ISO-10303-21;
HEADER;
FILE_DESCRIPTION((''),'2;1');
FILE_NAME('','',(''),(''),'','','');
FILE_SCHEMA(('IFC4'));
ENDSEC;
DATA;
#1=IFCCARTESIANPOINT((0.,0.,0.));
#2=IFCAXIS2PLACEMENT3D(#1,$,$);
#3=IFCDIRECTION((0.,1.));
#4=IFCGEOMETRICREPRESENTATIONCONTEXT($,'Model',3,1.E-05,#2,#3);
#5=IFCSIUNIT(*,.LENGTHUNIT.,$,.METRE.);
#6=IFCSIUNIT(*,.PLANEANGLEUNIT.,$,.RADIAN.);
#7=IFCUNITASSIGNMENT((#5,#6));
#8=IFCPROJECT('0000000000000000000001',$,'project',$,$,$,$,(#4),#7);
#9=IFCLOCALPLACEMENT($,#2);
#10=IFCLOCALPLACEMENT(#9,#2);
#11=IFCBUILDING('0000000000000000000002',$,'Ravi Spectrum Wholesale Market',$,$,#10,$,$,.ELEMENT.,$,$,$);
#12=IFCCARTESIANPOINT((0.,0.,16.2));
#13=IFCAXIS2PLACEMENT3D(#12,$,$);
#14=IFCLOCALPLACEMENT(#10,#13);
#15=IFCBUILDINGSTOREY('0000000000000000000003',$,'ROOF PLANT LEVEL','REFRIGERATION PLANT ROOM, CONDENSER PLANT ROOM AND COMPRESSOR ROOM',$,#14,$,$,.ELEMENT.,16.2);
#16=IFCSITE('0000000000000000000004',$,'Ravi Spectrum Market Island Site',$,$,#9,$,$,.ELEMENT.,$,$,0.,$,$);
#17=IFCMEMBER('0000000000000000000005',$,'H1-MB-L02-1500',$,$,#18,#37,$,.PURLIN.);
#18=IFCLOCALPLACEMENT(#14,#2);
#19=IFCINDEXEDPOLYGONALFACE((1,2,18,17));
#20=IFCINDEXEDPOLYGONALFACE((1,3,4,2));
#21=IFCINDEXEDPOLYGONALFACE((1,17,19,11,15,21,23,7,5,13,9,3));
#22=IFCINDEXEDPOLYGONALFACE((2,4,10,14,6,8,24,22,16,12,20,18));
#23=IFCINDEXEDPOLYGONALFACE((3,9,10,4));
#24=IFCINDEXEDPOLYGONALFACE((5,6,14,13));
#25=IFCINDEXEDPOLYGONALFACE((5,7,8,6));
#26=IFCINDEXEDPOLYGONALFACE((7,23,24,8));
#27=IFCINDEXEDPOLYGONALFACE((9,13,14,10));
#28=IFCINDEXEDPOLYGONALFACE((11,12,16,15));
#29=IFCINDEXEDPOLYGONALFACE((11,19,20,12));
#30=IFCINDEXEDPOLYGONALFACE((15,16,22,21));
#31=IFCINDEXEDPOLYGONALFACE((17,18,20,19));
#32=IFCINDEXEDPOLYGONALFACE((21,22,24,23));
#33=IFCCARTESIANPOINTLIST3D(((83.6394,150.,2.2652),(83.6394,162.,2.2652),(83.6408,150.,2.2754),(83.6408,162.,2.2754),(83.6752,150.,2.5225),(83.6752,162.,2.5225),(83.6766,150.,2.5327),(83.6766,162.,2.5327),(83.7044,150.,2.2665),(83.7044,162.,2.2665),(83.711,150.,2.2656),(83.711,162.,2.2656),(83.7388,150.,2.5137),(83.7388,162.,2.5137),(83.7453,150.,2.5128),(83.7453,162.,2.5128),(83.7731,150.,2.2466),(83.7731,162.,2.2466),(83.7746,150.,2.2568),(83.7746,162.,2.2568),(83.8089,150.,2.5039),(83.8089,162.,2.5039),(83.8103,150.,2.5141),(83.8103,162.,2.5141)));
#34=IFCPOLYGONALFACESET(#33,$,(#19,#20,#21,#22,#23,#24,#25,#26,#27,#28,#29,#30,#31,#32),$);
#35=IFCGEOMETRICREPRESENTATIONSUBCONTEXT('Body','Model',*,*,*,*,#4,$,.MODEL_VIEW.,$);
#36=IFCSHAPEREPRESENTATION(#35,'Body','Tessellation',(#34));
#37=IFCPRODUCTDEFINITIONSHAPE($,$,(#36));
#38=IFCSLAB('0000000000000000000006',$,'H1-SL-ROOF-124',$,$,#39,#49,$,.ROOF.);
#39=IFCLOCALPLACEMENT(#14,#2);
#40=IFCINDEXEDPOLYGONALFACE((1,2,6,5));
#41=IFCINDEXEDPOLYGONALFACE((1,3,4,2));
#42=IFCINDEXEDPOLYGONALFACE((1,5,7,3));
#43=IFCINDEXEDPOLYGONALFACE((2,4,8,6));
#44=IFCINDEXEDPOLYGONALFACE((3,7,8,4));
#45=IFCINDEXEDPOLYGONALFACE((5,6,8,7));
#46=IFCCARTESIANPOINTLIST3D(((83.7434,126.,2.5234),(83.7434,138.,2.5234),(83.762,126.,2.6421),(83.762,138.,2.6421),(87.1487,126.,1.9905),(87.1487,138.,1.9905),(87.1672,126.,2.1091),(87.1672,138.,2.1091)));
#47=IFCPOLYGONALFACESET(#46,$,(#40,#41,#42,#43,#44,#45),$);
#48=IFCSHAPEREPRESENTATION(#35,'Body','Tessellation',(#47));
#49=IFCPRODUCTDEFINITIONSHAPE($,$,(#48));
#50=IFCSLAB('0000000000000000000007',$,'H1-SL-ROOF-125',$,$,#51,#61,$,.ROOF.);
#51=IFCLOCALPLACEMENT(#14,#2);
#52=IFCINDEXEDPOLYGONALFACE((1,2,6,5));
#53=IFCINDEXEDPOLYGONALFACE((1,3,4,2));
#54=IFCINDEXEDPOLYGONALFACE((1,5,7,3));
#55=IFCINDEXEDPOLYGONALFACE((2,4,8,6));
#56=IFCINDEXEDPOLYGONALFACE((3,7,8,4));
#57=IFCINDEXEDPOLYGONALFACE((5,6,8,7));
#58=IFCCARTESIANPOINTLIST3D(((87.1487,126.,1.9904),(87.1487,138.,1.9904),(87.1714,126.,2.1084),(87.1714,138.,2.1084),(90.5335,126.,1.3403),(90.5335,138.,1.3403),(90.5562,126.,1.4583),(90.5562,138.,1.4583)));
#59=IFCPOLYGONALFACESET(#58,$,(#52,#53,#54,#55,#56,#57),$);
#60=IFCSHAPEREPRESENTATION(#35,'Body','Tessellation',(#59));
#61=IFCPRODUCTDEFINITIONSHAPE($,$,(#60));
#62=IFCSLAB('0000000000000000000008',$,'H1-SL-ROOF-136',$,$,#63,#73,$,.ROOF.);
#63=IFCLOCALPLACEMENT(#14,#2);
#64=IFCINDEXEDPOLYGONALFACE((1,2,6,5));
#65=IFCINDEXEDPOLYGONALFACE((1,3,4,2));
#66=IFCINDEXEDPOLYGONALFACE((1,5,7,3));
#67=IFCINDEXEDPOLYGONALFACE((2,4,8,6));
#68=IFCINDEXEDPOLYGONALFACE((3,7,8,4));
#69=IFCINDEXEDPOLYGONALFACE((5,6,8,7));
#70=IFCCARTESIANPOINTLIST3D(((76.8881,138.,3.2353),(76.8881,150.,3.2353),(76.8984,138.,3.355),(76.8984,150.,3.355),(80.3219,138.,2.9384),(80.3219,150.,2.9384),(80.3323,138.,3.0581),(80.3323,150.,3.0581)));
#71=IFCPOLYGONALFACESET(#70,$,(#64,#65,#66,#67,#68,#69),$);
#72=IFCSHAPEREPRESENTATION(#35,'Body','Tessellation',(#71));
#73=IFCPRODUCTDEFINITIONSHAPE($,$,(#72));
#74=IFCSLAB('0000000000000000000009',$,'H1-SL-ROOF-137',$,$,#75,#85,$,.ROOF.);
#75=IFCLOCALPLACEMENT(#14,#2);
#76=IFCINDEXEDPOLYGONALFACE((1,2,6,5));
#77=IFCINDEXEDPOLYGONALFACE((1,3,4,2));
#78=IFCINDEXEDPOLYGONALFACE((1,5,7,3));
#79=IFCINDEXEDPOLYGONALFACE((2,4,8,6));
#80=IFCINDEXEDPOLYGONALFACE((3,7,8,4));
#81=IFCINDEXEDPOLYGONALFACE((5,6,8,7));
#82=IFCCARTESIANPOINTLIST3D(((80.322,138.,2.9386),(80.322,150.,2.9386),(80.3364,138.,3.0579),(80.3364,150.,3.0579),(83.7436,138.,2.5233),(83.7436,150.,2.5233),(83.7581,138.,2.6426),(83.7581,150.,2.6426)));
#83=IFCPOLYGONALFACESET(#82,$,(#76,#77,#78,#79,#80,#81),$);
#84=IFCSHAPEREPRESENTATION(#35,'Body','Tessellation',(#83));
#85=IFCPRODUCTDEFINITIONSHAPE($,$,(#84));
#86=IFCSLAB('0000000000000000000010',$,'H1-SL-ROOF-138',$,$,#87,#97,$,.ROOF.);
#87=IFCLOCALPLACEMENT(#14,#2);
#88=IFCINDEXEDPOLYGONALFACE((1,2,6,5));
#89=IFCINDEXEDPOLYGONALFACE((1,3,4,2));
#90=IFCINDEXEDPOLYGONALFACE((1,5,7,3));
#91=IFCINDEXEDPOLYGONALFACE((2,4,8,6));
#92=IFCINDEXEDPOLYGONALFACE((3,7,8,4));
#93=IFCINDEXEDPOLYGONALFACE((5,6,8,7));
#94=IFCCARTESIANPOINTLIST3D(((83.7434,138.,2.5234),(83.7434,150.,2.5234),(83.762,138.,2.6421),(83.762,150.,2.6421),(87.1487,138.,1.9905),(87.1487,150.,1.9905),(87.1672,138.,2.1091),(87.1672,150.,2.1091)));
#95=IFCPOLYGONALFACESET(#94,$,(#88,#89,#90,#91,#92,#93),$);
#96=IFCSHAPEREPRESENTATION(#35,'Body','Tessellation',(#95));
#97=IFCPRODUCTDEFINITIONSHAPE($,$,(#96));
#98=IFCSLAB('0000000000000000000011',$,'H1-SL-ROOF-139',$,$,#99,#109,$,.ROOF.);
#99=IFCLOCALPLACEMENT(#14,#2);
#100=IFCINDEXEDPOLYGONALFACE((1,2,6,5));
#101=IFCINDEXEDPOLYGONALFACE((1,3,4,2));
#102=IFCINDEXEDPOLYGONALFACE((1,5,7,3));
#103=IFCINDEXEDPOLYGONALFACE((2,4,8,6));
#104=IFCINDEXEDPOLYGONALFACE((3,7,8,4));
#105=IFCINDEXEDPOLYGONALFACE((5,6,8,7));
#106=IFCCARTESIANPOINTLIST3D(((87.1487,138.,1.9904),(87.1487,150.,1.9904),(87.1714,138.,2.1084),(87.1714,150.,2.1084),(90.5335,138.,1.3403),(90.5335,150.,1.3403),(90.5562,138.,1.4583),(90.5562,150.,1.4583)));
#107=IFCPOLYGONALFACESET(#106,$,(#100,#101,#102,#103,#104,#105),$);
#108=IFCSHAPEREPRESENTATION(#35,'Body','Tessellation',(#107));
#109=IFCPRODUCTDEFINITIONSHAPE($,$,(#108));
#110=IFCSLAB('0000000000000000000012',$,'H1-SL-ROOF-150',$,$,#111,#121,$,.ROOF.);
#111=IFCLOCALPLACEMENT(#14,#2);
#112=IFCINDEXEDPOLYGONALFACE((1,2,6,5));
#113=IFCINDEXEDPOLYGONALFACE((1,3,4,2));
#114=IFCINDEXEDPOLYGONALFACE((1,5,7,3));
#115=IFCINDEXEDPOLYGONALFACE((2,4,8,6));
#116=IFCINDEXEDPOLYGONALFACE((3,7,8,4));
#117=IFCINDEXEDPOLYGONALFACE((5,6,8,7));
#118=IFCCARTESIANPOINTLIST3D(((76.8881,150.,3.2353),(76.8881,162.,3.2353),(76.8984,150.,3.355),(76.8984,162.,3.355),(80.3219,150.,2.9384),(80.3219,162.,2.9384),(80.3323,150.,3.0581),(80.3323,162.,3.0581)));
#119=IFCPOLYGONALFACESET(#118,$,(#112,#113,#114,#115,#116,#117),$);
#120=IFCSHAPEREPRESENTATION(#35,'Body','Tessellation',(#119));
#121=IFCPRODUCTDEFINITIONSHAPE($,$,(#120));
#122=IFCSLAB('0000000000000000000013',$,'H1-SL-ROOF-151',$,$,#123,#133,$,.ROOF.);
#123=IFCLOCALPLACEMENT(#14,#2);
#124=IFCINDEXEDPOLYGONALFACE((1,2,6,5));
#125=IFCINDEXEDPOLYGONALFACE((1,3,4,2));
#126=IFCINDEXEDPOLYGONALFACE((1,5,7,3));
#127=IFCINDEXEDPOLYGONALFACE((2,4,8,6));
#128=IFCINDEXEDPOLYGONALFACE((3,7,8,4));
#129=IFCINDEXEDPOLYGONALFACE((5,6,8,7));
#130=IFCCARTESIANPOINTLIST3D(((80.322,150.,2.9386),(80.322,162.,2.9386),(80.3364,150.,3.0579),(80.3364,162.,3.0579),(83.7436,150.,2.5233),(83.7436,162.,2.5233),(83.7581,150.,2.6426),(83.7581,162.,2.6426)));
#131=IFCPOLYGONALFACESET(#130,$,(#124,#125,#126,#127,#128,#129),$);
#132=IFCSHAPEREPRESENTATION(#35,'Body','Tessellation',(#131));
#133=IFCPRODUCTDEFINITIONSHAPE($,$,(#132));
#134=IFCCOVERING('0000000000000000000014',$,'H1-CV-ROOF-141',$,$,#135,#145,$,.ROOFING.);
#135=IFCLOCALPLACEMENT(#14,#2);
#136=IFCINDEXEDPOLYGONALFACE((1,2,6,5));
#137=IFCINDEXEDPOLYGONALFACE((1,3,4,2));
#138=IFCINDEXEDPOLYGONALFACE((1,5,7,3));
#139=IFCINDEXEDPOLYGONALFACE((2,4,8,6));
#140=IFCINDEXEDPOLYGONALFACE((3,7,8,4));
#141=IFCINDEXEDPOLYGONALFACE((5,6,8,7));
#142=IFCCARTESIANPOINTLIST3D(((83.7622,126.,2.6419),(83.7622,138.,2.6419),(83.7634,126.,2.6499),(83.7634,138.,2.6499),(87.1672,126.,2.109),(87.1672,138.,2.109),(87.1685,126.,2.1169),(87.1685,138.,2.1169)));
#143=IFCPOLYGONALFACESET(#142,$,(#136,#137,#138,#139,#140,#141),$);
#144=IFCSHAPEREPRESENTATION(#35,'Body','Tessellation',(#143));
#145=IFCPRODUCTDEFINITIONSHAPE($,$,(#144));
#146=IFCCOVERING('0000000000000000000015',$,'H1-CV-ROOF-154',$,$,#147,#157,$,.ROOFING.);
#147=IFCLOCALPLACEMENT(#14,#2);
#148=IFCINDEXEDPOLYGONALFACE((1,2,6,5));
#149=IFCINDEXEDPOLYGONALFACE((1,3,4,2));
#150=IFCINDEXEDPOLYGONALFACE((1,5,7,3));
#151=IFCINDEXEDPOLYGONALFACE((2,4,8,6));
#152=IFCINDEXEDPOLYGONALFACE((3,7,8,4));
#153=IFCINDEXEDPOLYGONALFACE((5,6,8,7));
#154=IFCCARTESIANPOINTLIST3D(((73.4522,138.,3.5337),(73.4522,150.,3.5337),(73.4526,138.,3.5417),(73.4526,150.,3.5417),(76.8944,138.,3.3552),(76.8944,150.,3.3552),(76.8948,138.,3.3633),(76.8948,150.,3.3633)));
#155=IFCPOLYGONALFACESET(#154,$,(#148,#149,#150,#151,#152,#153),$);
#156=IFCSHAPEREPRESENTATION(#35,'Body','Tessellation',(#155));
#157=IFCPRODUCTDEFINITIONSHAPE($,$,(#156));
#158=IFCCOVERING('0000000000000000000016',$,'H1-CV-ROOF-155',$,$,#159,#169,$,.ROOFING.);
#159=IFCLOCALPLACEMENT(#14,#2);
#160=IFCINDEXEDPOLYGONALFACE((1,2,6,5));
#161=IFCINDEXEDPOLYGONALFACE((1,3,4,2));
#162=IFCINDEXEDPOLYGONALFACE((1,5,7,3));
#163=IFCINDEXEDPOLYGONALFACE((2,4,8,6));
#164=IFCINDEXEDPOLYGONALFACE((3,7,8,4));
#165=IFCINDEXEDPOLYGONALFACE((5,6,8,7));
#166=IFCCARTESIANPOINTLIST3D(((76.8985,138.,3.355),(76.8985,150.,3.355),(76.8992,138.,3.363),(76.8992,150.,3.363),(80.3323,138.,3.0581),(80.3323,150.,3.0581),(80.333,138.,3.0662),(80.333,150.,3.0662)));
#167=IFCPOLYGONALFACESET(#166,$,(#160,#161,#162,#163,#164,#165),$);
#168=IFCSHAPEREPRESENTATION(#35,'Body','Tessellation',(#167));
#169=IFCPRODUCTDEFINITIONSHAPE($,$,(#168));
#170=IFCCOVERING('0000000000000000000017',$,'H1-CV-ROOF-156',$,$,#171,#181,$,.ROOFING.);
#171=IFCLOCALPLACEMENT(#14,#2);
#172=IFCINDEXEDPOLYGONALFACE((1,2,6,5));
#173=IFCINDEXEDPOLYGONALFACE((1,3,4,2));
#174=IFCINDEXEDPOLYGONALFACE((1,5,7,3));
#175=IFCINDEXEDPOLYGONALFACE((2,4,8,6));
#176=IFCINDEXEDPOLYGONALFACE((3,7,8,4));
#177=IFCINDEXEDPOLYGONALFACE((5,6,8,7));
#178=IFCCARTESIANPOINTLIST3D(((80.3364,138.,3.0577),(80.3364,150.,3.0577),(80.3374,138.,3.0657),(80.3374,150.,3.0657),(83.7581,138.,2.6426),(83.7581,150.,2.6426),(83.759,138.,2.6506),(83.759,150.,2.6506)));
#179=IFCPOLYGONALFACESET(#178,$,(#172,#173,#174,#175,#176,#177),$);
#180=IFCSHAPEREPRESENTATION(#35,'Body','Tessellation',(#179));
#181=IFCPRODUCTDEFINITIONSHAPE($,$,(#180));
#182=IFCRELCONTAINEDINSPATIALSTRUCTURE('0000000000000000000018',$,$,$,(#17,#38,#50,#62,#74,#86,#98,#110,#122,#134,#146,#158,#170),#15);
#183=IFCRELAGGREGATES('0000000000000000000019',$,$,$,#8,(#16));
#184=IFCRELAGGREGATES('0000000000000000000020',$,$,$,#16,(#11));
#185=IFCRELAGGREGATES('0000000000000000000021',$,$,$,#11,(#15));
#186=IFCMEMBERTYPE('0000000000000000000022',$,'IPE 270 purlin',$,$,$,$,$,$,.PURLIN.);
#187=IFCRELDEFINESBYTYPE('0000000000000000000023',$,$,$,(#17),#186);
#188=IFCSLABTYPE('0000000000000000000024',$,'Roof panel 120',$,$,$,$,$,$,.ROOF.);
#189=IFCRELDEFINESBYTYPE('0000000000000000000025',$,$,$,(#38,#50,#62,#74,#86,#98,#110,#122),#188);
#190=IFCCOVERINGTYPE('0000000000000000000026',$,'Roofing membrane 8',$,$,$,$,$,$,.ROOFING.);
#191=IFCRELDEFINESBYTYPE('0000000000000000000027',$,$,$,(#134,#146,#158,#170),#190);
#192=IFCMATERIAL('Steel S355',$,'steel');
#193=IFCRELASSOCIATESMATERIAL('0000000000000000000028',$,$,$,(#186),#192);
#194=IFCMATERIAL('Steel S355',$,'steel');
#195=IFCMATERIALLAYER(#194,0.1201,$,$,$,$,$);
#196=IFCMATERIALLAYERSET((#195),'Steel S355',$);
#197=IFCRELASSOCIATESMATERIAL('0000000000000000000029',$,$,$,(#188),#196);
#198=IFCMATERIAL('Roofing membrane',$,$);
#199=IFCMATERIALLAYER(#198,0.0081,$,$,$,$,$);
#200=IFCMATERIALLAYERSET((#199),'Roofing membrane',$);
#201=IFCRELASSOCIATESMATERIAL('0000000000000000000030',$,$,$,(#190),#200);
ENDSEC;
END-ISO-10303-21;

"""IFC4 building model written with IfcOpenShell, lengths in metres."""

from ifc_helpers import new_model, si_unit, direction, frame, origin, origin_2d, place, context, subcontext, project, spatial, polyline, i_section, outline, extrude, material, layer, layer_set, material_profile, profile_set, type_object, element, save


model = new_model("IFC4")

# Units and contexts
model_context = context("Model", 3, precision=1e-05, world=origin(), true_north=direction((0.0, 1.0)))
body_context = subcontext(model_context, "Body", "Model", "MODEL_VIEW")
ifc_project = project(units=[si_unit("LENGTHUNIT", "METRE"), si_unit("PLANEANGLEUNIT", "RADIAN")], contexts=[model_context])

# Site, building, storey
site_placement = place(None, origin())
site = spatial("IfcSite", under=ifc_project, at=site_placement, Name="Ravi Spectrum Market Island Site", CompositionType="ELEMENT", RefElevation=0.0)
building_placement = place(site_placement, origin())
building = spatial("IfcBuilding", under=site, at=building_placement, Name="Ravi Spectrum Wholesale Market", CompositionType="ELEMENT")
storey_placement = place(building_placement, frame((0.0, 0.0, 16.2)))
storey = spatial("IfcBuildingStorey", under=building, at=storey_placement, Name="ROOF PLANT LEVEL", Description="REFRIGERATION PLANT ROOM, CONDENSER PLANT ROOM AND COMPRESSOR ROOM", CompositionType="ELEMENT", Elevation=16.2)

# Member
ifc_material_1 = material(Name="Steel S355", Category="steel")
ifc_material_profile_1 = material_profile(ifc_material_1, i_section(OverallWidth=0.135, OverallDepth=0.27, WebThickness=0.0066, FlangeThickness=0.0103, at=origin_2d()))
ifc_profile_set_1 = profile_set([ifc_material_profile_1], Name="Steel S355")
member_type_1 = type_object("IfcMemberType", Name="IPE 270 purlin", PredefinedType="PURLIN", material=ifc_profile_set_1)
for number, where, z_axis, x_axis, name in (
    (1, (83.7249, 150.0, 2.3896), (0.0, 1.0, 0.0), (-0.990494, 0.0, 0.137557), "H1-MB-L02-1500"),
):
    element("IfcMember", number, at=place(storey_placement, frame(where, z_axis=z_axis, x_axis=x_axis)), inside=storey, type_object=member_type_1, Name=name, PredefinedType="PURLIN", context=body_context, shape_type="SweptSolid", body=[
        extrude(i_section(OverallWidth=0.135, OverallDepth=0.27, WebThickness=0.0066, FlangeThickness=0.0103, at=origin_2d()), origin(), (0.0, 0.0, 1.0), 12.0),
    ])

# Slabs
ifc_material_2 = material(Name="Steel S355", Category="steel")
ifc_layer_1 = layer(ifc_material_2, 0.1201)
ifc_layer_set_1 = layer_set([ifc_layer_1], Name="Steel S355")
slab_type = type_object("IfcSlabType", Name="Roof panel 120", PredefinedType="ROOF", material=ifc_layer_set_1)
slab_1_placement = place(storey_placement, frame((83.762, 126.0, 2.6421), z_axis=(0.154628, 0.0, 0.987973), x_axis=(0.987973, 0.0, -0.154628)))
element("IfcSlab", 2, at=slab_1_placement, inside=storey, type_object=slab_type, Name="H1-SL-ROOF-124", PredefinedType="ROOF", context=body_context, shape_type="SweptSolid", body=[
    extrude(outline(polyline([(0.0, 0.0), (3.4467, 0.0), (3.4467, 12.0), (0.0, 12.0), (0.0, 0.0)])), origin(), (0.0, 0.0, -1.0), 0.1201),
])
slab_2_placement = place(storey_placement, frame((87.1714, 126.0, 2.1084), z_axis=(0.188632, 0.0, 0.982048), x_axis=(0.982048, 0.0, -0.188632)))
element("IfcSlab", 3, at=slab_2_placement, inside=storey, type_object=slab_type, Name="H1-SL-ROOF-125", PredefinedType="ROOF", context=body_context, shape_type="SweptSolid", body=[
    extrude(outline(polyline([(0.0, 0.0), (3.4466, 0.0), (3.4466, 12.0), (0.0, 12.0), (0.0, 0.0)])), origin(), (0.0, 0.0, -1.0), 0.1201),
])
slab_3_placement = place(storey_placement, frame((76.8984, 138.0, 3.355), z_axis=(0.086134, 0.0, 0.996284), x_axis=(0.996284, 0.0, -0.086134)))
element("IfcSlab", 4, at=slab_3_placement, inside=storey, type_object=slab_type, Name="H1-SL-ROOF-136", PredefinedType="ROOF", context=body_context, shape_type="SweptSolid", body=[
    extrude(outline(polyline([(0.0, 0.0), (3.4466, 0.0), (3.4466, 12.0), (0.0, 12.0), (0.0, 0.0)])), origin(), (0.0, 0.0, -1.0), 0.1201),
])
slab_4_placement = place(storey_placement, frame((80.3364, 138.0, 3.0579), z_axis=(0.120486, 0.0, 0.992715), x_axis=(0.992715, 0.0, -0.120486)))
element("IfcSlab", 5, at=slab_4_placement, inside=storey, type_object=slab_type, Name="H1-SL-ROOF-137", PredefinedType="ROOF", context=body_context, shape_type="SweptSolid", body=[
    extrude(outline(polyline([(0.0, 0.0), (3.4467, 0.0), (3.4467, 12.0), (0.0, 12.0), (0.0, 0.0)])), origin(), (0.0, 0.0, -1.0), 0.1201),
])
slab_5_placement = place(storey_placement, frame((83.762, 138.0, 2.6421), z_axis=(0.154628, 0.0, 0.987973), x_axis=(0.987973, 0.0, -0.154628)))
element("IfcSlab", 6, at=slab_5_placement, inside=storey, type_object=slab_type, Name="H1-SL-ROOF-138", PredefinedType="ROOF", context=body_context, shape_type="SweptSolid", body=[
    extrude(outline(polyline([(0.0, 0.0), (3.4467, 0.0), (3.4467, 12.0), (0.0, 12.0), (0.0, 0.0)])), origin(), (0.0, 0.0, -1.0), 0.1201),
])
slab_6_placement = place(storey_placement, frame((87.1714, 138.0, 2.1084), z_axis=(0.188632, 0.0, 0.982048), x_axis=(0.982048, 0.0, -0.188632)))
element("IfcSlab", 7, at=slab_6_placement, inside=storey, type_object=slab_type, Name="H1-SL-ROOF-139", PredefinedType="ROOF", context=body_context, shape_type="SweptSolid", body=[
    extrude(outline(polyline([(0.0, 0.0), (3.4466, 0.0), (3.4466, 12.0), (0.0, 12.0), (0.0, 0.0)])), origin(), (0.0, 0.0, -1.0), 0.1201),
])
slab_7_placement = place(storey_placement, frame((76.8984, 150.0, 3.355), z_axis=(0.086134, 0.0, 0.996284), x_axis=(0.996284, 0.0, -0.086134)))
element("IfcSlab", 8, at=slab_7_placement, inside=storey, type_object=slab_type, Name="H1-SL-ROOF-150", PredefinedType="ROOF", context=body_context, shape_type="SweptSolid", body=[
    extrude(outline(polyline([(0.0, 0.0), (3.4466, 0.0), (3.4466, 12.0), (0.0, 12.0), (0.0, 0.0)])), origin(), (0.0, 0.0, -1.0), 0.1201),
])
slab_8_placement = place(storey_placement, frame((80.3364, 150.0, 3.0579), z_axis=(0.120486, 0.0, 0.992715), x_axis=(0.992715, 0.0, -0.120486)))
element("IfcSlab", 9, at=slab_8_placement, inside=storey, type_object=slab_type, Name="H1-SL-ROOF-151", PredefinedType="ROOF", context=body_context, shape_type="SweptSolid", body=[
    extrude(outline(polyline([(0.0, 0.0), (3.4467, 0.0), (3.4467, 12.0), (0.0, 12.0), (0.0, 0.0)])), origin(), (0.0, 0.0, -1.0), 0.1201),
])

# Coverings
ifc_material_3 = material(Name="Roofing membrane")
ifc_layer_2 = layer(ifc_material_3, 0.0081)
ifc_layer_set_2 = layer_set([ifc_layer_2], Name="Roofing membrane")
covering_type = type_object("IfcCoveringType", Name="Roofing membrane 8", PredefinedType="ROOFING", material=ifc_layer_set_2)
covering_1_placement = place(storey_placement, frame((83.7634, 126.0, 2.6499), z_axis=(0.154638, 0.0, 0.987971), x_axis=(0.987971, 0.0, -0.154638)))
element("IfcCovering", 10, at=covering_1_placement, inside=storey, type_object=covering_type, Name="H1-CV-ROOF-141", PredefinedType="ROOFING", context=body_context, shape_type="SweptSolid", body=[
    extrude(outline(polyline([(0.0, 0.0), (3.4465, 0.0), (3.4465, 12.0), (0.0, 12.0), (0.0, 0.0)])), origin(), (0.0, 0.0, -1.0), 0.0081),
])
covering_2_placement = place(storey_placement, frame((73.4526, 138.0, 3.5417), z_axis=(0.051778, 0.0, 0.998659), x_axis=(0.998659, 0.0, -0.051778)))
element("IfcCovering", 11, at=covering_2_placement, inside=storey, type_object=covering_type, Name="H1-CV-ROOF-154", PredefinedType="ROOFING", context=body_context, shape_type="SweptSolid", body=[
    extrude(outline(polyline([(0.0, 0.0), (3.4468, 0.0), (3.4468, 12.0), (0.0, 12.0), (0.0, 0.0)])), origin(), (0.0, 0.0, -1.0), 0.0081),
])
covering_3_placement = place(storey_placement, frame((76.8992, 138.0, 3.363), z_axis=(0.086134, 0.0, 0.996284), x_axis=(0.996284, 0.0, -0.086134)))
element("IfcCovering", 12, at=covering_3_placement, inside=storey, type_object=covering_type, Name="H1-CV-ROOF-155", PredefinedType="ROOFING", context=body_context, shape_type="SweptSolid", body=[
    extrude(outline(polyline([(0.0, 0.0), (3.4466, 0.0), (3.4466, 12.0), (0.0, 12.0), (0.0, 0.0)])), origin(), (0.0, 0.0, -1.0), 0.0081),
])
covering_4_placement = place(storey_placement, frame((80.3374, 138.0, 3.0657), z_axis=(0.120416, 0.0, 0.992724), x_axis=(0.992724, 0.0, -0.120416)))
element("IfcCovering", 13, at=covering_4_placement, inside=storey, type_object=covering_type, Name="H1-CV-ROOF-156", PredefinedType="ROOFING", context=body_context, shape_type="SweptSolid", body=[
    extrude(outline(polyline([(0.0, 0.0), (3.4467, 0.0), (3.4467, 12.0), (0.0, 12.0), (0.0, 0.0)])), origin(), (0.0, 0.0, -1.0), 0.0081),
])

save(model, "model.ifc")
